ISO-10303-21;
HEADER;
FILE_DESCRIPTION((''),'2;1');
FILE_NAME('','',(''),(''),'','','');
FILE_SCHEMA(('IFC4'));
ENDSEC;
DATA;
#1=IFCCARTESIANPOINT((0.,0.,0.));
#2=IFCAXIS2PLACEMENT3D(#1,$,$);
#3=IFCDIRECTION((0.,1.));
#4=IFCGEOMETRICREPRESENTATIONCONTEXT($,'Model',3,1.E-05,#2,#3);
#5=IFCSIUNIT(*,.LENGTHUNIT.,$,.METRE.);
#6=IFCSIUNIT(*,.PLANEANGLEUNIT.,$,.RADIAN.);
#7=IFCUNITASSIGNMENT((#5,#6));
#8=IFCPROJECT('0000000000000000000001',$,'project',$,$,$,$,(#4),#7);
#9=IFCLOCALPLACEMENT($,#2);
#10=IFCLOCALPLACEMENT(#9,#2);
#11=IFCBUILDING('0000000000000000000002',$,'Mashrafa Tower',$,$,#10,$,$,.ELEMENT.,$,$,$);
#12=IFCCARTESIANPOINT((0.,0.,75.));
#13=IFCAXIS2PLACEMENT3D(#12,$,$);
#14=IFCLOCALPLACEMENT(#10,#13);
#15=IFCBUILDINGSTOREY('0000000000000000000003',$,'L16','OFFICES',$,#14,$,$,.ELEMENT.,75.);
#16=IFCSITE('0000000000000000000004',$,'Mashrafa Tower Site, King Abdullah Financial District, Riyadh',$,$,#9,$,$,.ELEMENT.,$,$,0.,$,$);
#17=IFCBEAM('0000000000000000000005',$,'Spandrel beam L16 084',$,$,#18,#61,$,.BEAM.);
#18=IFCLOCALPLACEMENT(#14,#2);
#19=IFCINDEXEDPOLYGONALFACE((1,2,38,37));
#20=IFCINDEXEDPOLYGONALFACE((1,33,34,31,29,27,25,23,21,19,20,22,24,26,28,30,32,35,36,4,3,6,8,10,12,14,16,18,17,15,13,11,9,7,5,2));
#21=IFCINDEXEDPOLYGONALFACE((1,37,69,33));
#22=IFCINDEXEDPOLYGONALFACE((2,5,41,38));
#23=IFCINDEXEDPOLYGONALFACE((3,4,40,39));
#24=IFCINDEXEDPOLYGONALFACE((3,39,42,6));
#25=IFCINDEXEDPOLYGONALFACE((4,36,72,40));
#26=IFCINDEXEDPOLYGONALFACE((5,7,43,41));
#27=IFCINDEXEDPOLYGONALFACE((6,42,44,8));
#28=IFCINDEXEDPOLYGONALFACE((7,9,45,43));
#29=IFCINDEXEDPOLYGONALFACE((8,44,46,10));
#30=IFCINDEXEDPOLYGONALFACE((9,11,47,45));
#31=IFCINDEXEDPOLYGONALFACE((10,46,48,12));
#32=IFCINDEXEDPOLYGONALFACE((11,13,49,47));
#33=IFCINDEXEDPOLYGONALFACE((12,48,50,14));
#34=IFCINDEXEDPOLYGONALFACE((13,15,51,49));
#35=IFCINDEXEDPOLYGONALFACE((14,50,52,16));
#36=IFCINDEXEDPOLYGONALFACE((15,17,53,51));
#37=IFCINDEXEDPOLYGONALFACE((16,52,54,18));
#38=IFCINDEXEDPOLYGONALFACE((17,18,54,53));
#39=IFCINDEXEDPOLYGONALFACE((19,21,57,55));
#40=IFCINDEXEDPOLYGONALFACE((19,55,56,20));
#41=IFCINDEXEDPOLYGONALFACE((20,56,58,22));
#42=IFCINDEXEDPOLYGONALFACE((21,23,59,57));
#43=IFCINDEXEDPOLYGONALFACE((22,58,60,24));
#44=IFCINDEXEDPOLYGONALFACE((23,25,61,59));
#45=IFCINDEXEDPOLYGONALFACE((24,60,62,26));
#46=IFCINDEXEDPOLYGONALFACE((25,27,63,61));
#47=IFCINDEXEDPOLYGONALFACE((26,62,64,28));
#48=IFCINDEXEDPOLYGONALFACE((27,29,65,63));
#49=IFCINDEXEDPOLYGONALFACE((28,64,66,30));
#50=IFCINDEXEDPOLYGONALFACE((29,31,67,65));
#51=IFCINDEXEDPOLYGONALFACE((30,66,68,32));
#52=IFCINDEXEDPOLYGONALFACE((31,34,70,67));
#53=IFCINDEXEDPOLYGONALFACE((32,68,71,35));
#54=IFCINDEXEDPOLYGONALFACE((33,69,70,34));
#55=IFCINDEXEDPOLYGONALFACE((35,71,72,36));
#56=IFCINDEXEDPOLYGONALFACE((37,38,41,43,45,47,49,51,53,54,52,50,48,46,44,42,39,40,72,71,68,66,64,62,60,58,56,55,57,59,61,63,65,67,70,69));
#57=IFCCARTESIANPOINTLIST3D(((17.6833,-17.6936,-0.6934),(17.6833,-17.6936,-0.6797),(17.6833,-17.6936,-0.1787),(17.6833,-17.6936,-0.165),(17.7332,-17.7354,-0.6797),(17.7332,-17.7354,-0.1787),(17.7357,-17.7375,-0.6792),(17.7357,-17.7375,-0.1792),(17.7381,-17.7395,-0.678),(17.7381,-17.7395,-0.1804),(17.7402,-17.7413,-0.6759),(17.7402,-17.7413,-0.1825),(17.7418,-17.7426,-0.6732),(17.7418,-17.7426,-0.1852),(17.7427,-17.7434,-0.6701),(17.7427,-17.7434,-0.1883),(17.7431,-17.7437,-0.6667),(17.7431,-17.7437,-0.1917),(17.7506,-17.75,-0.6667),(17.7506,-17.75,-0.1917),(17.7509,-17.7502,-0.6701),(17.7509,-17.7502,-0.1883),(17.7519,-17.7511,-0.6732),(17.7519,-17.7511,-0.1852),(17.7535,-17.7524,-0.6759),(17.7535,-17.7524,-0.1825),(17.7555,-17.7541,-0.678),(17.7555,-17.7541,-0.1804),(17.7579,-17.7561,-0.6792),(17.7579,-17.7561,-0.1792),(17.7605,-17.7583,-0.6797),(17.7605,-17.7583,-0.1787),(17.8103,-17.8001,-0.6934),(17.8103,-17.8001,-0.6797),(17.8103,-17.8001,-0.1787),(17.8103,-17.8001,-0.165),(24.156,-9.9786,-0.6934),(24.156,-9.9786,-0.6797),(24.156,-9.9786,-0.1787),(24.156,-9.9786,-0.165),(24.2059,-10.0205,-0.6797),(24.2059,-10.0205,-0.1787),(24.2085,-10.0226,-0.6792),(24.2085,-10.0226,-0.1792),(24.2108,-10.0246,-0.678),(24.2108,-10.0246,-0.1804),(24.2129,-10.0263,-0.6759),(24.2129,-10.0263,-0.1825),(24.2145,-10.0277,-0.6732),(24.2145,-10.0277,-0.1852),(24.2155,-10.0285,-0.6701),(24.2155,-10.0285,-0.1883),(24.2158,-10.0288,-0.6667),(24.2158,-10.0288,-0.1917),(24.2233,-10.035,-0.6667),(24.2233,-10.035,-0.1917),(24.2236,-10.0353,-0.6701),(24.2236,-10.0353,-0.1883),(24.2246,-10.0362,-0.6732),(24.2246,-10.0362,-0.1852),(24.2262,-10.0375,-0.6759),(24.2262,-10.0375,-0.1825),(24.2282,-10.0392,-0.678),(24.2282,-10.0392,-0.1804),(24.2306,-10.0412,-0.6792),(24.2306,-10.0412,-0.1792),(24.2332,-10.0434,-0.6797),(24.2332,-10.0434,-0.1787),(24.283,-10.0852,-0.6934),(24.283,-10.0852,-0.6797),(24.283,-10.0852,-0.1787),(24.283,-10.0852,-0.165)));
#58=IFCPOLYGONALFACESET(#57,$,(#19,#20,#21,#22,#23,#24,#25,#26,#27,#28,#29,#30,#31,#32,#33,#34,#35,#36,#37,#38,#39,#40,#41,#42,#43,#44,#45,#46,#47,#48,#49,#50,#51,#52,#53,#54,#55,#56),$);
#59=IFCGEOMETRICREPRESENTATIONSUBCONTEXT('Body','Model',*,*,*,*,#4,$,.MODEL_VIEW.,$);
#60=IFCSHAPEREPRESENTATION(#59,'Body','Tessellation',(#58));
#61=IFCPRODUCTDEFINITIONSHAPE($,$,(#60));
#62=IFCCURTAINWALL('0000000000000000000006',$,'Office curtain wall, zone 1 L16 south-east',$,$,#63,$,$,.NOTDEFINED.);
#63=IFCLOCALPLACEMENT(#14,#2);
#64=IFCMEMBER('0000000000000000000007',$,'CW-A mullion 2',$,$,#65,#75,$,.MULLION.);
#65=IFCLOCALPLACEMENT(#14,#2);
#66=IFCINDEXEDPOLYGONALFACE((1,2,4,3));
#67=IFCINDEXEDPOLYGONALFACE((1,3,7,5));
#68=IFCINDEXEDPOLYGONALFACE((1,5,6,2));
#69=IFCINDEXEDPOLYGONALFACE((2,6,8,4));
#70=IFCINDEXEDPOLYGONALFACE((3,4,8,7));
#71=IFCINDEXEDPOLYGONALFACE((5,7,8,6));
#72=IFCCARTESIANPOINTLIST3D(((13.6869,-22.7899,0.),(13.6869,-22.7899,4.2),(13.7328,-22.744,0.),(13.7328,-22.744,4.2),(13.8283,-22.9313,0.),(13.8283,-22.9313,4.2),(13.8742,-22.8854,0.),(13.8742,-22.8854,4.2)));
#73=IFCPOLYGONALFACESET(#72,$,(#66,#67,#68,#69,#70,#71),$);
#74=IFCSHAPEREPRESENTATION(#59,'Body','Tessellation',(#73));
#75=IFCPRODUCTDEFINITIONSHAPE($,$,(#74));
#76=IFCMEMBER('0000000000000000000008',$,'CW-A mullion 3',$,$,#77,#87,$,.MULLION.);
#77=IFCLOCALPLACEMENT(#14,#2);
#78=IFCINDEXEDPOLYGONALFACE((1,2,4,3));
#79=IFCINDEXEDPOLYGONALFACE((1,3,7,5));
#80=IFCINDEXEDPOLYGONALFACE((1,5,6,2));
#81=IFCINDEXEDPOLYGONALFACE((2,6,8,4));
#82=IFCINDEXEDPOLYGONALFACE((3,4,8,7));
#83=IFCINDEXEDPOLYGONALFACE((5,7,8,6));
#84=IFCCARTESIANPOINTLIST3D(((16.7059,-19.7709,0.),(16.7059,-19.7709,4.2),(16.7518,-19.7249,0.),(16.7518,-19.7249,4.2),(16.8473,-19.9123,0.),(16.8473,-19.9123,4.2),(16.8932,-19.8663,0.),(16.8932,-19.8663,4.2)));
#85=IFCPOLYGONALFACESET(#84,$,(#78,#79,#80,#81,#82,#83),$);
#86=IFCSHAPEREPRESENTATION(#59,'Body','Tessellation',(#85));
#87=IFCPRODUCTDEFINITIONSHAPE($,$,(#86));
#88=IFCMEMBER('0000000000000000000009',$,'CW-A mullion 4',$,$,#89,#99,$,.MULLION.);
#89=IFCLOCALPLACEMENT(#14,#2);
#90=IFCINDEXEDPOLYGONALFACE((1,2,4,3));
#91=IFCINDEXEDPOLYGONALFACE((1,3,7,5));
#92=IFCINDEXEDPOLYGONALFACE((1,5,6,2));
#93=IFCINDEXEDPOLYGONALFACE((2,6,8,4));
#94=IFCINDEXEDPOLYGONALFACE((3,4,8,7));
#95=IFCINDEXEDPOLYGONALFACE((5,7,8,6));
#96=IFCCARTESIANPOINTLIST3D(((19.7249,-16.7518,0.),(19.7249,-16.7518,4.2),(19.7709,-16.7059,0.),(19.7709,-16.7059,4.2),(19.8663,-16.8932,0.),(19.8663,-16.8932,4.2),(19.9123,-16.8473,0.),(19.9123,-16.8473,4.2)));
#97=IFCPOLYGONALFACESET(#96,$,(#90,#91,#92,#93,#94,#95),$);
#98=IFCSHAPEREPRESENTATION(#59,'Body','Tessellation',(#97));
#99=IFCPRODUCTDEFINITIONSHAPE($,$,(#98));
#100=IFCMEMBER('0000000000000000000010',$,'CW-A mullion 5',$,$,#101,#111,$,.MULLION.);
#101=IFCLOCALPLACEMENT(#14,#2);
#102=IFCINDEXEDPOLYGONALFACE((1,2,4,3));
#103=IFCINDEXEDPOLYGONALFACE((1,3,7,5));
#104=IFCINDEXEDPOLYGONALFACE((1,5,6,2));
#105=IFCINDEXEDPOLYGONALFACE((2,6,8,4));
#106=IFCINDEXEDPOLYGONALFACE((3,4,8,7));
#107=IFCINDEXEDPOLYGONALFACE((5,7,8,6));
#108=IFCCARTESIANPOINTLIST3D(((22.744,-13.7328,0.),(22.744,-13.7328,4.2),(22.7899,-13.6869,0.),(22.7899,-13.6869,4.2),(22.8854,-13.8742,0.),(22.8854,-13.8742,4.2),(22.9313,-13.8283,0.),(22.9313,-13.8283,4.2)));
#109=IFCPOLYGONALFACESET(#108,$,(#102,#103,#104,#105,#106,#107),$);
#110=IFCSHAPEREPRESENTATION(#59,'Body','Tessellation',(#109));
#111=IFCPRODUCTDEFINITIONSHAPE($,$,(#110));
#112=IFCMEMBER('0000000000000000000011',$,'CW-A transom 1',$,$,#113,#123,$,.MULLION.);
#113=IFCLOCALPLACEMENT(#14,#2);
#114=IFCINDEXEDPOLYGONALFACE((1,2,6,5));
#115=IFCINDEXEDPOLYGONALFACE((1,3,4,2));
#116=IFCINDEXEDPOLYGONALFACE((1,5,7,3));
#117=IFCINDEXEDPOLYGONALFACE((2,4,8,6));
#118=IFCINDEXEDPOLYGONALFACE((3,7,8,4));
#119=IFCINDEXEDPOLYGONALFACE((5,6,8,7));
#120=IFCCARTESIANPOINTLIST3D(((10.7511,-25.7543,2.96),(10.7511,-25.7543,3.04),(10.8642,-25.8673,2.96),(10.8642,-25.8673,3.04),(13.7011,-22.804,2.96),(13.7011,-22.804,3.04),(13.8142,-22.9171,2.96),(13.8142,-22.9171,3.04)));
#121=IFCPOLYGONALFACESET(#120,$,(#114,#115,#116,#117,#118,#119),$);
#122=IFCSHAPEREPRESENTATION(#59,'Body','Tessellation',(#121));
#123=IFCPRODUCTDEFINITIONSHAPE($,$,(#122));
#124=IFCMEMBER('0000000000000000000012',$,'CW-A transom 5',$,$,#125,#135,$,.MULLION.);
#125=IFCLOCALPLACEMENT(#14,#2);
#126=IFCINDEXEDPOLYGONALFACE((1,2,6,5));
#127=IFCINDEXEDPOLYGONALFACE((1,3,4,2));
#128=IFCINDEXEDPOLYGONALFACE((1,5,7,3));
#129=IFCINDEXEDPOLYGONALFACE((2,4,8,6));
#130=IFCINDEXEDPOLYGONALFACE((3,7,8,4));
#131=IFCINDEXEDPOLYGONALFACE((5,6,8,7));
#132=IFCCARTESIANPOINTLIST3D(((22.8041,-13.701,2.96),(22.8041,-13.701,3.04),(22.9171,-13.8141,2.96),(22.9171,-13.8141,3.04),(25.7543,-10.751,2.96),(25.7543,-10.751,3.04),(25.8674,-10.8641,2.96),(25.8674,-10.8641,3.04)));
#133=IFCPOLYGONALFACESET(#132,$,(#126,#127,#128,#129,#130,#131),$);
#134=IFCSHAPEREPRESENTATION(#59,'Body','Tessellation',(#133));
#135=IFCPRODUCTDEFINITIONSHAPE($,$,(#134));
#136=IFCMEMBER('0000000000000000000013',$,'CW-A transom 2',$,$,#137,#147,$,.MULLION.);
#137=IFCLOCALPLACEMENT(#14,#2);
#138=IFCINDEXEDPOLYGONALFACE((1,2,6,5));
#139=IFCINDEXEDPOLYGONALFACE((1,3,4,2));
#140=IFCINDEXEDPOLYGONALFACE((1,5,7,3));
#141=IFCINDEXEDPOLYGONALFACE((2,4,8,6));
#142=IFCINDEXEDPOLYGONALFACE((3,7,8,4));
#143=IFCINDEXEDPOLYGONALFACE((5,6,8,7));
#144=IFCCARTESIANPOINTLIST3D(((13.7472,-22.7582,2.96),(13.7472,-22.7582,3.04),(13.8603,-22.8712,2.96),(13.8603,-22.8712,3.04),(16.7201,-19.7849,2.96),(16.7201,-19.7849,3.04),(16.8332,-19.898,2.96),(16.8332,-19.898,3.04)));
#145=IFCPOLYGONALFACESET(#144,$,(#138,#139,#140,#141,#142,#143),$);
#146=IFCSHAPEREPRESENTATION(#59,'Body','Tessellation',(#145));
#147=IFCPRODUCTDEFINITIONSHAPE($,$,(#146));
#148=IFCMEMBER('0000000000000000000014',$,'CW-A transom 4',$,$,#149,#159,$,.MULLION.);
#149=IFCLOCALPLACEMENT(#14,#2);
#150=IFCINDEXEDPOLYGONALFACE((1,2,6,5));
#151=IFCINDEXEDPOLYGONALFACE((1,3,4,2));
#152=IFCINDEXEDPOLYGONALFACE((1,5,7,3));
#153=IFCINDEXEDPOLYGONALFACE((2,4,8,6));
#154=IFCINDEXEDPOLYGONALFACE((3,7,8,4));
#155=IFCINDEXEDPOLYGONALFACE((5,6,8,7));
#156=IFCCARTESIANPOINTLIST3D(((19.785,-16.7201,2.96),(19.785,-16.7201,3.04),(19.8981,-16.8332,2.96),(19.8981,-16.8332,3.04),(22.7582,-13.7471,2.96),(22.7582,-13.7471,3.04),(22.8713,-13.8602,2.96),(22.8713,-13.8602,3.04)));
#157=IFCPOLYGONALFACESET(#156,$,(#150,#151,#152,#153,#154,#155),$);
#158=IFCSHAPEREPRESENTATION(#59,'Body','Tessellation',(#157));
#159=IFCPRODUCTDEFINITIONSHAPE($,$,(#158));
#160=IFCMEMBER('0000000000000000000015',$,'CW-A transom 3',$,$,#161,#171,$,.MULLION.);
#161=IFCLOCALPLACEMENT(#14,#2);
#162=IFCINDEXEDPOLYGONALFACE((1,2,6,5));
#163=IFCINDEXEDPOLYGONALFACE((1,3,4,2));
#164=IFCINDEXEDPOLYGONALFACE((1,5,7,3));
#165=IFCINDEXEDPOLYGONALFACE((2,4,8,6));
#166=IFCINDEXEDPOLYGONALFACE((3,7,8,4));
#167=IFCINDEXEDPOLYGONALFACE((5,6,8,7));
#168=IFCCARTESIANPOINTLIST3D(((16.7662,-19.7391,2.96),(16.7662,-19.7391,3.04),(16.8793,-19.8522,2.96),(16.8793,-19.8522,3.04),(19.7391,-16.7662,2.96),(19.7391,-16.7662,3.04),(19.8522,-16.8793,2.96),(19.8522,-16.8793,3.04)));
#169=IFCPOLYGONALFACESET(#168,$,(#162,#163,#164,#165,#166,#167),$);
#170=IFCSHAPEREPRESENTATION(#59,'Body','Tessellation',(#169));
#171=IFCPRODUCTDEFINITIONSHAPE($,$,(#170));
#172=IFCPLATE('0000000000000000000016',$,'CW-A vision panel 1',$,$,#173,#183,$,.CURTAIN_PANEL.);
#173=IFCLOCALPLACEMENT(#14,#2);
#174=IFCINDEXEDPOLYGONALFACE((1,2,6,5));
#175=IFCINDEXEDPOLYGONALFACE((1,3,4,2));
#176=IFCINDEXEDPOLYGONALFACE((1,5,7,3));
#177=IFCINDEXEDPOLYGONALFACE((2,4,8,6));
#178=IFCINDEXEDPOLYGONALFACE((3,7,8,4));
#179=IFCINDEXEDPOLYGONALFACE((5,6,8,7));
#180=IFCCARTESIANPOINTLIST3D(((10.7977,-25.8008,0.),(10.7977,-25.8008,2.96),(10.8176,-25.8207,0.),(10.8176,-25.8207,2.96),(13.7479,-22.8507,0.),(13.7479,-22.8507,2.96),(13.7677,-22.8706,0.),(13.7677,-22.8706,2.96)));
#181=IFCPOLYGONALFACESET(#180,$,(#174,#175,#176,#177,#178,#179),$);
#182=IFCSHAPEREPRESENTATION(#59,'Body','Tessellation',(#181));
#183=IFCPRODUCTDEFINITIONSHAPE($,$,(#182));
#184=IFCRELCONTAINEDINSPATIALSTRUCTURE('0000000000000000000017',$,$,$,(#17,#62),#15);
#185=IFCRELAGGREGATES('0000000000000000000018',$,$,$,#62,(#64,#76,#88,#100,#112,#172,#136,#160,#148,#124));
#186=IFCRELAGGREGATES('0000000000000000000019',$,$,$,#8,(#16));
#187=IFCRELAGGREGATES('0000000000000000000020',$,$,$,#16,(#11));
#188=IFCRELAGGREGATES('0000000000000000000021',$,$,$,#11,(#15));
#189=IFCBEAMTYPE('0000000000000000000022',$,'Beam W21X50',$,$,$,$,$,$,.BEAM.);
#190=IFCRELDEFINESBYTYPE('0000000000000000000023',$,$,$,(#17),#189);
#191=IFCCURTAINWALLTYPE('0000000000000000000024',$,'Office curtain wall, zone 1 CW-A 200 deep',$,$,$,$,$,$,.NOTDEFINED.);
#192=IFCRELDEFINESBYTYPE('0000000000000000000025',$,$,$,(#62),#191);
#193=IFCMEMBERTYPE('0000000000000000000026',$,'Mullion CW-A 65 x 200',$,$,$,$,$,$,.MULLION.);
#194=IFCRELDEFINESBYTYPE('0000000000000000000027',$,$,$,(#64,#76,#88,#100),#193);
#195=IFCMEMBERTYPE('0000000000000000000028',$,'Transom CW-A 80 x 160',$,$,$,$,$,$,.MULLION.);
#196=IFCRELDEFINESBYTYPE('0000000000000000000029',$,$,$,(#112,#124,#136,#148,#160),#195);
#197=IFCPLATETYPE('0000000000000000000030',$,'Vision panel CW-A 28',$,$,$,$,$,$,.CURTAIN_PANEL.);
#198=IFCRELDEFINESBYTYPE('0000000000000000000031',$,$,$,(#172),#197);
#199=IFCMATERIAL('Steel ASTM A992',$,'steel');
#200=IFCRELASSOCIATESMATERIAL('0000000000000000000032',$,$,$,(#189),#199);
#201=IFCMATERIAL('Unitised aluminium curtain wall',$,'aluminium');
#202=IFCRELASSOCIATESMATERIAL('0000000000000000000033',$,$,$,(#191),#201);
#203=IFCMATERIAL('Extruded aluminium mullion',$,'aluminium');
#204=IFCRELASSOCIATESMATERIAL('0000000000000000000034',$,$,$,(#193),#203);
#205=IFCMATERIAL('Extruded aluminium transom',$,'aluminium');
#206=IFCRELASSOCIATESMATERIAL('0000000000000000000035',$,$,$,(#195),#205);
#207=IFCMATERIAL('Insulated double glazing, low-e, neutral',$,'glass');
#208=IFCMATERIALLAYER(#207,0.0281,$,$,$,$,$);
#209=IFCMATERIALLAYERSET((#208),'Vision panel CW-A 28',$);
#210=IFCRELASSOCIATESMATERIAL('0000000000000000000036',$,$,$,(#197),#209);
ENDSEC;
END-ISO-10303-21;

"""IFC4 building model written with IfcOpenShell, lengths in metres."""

from ifc_helpers import new_model, si_unit, direction, frame, origin, origin_2d, place, context, subcontext, project, spatial, rectangle, i_section, extrude, source, transform, mapped, material, layer, layer_set, material_profile, profile_set, type_object, type_shapes, element, aggregate, save


model = new_model("IFC4")

# Units and contexts
model_context = context("Model", 3, precision=1e-05, world=origin(), true_north=direction((0.0, 1.0)))
body_context = subcontext(model_context, "Body", "Model", "MODEL_VIEW")
ifc_project = project(units=[si_unit("LENGTHUNIT", "METRE"), si_unit("PLANEANGLEUNIT", "RADIAN")], contexts=[model_context])

# Site, building, storey
site_placement = place(None, origin())
site = spatial("IfcSite", under=ifc_project, at=site_placement, Name="Mashrafa Tower Site, King Abdullah Financial District, Riyadh", CompositionType="ELEMENT", RefElevation=0.0)
building_placement = place(site_placement, origin())
building = spatial("IfcBuilding", under=site, at=building_placement, Name="Mashrafa Tower", CompositionType="ELEMENT")
storey_placement = place(building_placement, frame((0.0, 0.0, 75.0)))
storey = spatial("IfcBuildingStorey", under=building, at=storey_placement, Name="L16", Description="OFFICES", CompositionType="ELEMENT", Elevation=75.0)

# Beam
ifc_material_1 = material(Name="Steel ASTM A992", Category="steel")
ifc_material_profile_1 = material_profile(ifc_material_1, i_section(OverallWidth=0.1658, OverallDepth=0.5283, WebThickness=0.0098, FlangeThickness=0.0137, FilletRadius=0.0129, at=origin_2d()), Name="W21X50")
ifc_profile_set_1 = profile_set([ifc_material_profile_1], Name="Steel ASTM A992")
beam_type_1 = type_object("IfcBeamType", Name="Beam W21X50", PredefinedType="BEAM", material=ifc_profile_set_1)
beam_1_placement = place(storey_placement, frame((17.7468, -17.7468, -0.4292), z_axis=(0.642737, 0.766087, 0.0), x_axis=(-0.766087, 0.642737, 0.0)))
element("IfcBeam", 1, at=beam_1_placement, inside=storey, type_object=beam_type_1, Name="Spandrel beam L16 084", PredefinedType="BEAM", context=body_context, shape_type="SweptSolid", body=[
    extrude(i_section(OverallWidth=0.1658, OverallDepth=0.5283, WebThickness=0.0098, FlangeThickness=0.0137, FilletRadius=0.0129, at=origin_2d()), origin(), (0.0, 0.0, 1.0), 10.0706),
])

# Curtain wall, members, plate
ifc_material_2 = material(Name="Unitised aluminium curtain wall", Category="aluminium")
curtain_wall_type = type_object("IfcCurtainWallType", Name="Office curtain wall, zone 1 CW-A 200 deep", PredefinedType="NOTDEFINED", material=ifc_material_2)
curtain_wall_placement = place(storey_placement, origin())
curtain_wall = element("IfcCurtainWall", 2, at=curtain_wall_placement, inside=storey, type_object=curtain_wall_type, Name="Office curtain wall, zone 1 L16 south-east", PredefinedType="NOTDEFINED")
ifc_material_3 = material(Name="Extruded aluminium mullion", Category="aluminium")
ifc_material_profile_2 = material_profile(ifc_material_3, rectangle(XDim=0.2, YDim=0.0649, at=origin_2d()), Name="Mullion 65x200")
ifc_profile_set_2 = profile_set([ifc_material_profile_2], Name="Extruded aluminium mullion")
member_type_1 = type_object("IfcMemberType", Name="Mullion CW-A 65 x 200", PredefinedType="MULLION", material=ifc_profile_set_2)
shared_shape_1 = source(origin(), body_context, "Body", "SweptSolid", [
    extrude(rectangle(XDim=0.2, YDim=0.0649, at=origin_2d()), origin(), (0.0, 0.0, 1.0), 4.2),
])
type_shapes(member_type_1, [shared_shape_1])
member_1_placement = place(storey_placement, frame((13.7805, -22.8376, 0.0), z_axis=(0.0, 0.0, 1.0), x_axis=(-0.707107, 0.707107, 0.0)))
member_1 = element("IfcMember", 3, at=member_1_placement, type_object=member_type_1, Name="CW-A mullion 2", PredefinedType="MULLION", context=body_context, shape_type="MappedRepresentation", body=[
    mapped(shared_shape_1, transform((0.0, 0.0, 0.0))),
])
member_2_placement = place(storey_placement, frame((16.7996, -19.8186, 0.0), z_axis=(0.0, 0.0, 1.0), x_axis=(-0.707107, 0.707107, 0.0)))
member_2 = element("IfcMember", 4, at=member_2_placement, type_object=member_type_1, Name="CW-A mullion 3", PredefinedType="MULLION", context=body_context, shape_type="MappedRepresentation", body=[
    mapped(shared_shape_1, transform((0.0, 0.0, 0.0))),
])
member_3_placement = place(storey_placement, frame((19.8186, -16.7996, 0.0), z_axis=(0.0, 0.0, 1.0), x_axis=(-0.707107, 0.707107, 0.0)))
member_3 = element("IfcMember", 5, at=member_3_placement, type_object=member_type_1, Name="CW-A mullion 4", PredefinedType="MULLION", context=body_context, shape_type="MappedRepresentation", body=[
    mapped(shared_shape_1, transform((0.0, 0.0, 0.0))),
])
member_4_placement = place(storey_placement, frame((22.8376, -13.7805, 0.0), z_axis=(0.0, 0.0, 1.0), x_axis=(-0.707107, 0.707107, 0.0)))
member_4 = element("IfcMember", 6, at=member_4_placement, type_object=member_type_1, Name="CW-A mullion 5", PredefinedType="MULLION", context=body_context, shape_type="MappedRepresentation", body=[
    mapped(shared_shape_1, transform((0.0, 0.0, 0.0))),
])
ifc_material_4 = material(Name="Extruded aluminium transom", Category="aluminium")
ifc_material_profile_3 = material_profile(ifc_material_4, rectangle(XDim=0.1599, YDim=0.0801, at=origin_2d()), Name="Transom 80x160")
ifc_profile_set_3 = profile_set([ifc_material_profile_3], Name="Extruded aluminium transom")
member_type_2 = type_object("IfcMemberType", Name="Transom CW-A 80 x 160", PredefinedType="MULLION", material=ifc_profile_set_3)
shared_shape_2 = source(origin(), body_context, "Body", "SweptSolid", [
    extrude(rectangle(XDim=0.1599, YDim=0.0801, at=origin_2d()), origin(), (0.0, 0.0, 1.0), 4.1721),
])
member_5_placement = place(storey_placement, frame((10.8076, -25.8108, 3.0), z_axis=(0.707078, 0.707136, 0.0), x_axis=(-0.707136, 0.707078, 0.0)))
member_5 = element("IfcMember", 7, at=member_5_placement, type_object=member_type_2, Name="CW-A transom 1", PredefinedType="MULLION", context=body_context, shape_type="MappedRepresentation", body=[
    mapped(shared_shape_2, transform((0.0, 0.0, 0.0))),
])
member_6_placement = place(storey_placement, frame((22.8606, -13.7576, 3.0), z_axis=(0.707136, 0.707078, 0.0), x_axis=(-0.707078, 0.707136, 0.0)))
member_6 = element("IfcMember", 8, at=member_6_placement, type_object=member_type_2, Name="CW-A transom 5", PredefinedType="MULLION", context=body_context, shape_type="MappedRepresentation", body=[
    mapped(shared_shape_2, transform((0.0, 0.0, 0.0))),
])
shared_shape_3 = source(origin(), body_context, "Body", "SweptSolid", [
    extrude(rectangle(XDim=0.1599, YDim=0.0801, at=origin_2d()), origin(), (0.0, 0.0, 1.0), 4.2046),
])
member_7_placement = place(storey_placement, frame((13.8037, -22.8147, 3.0), z_axis=(0.707078, 0.707136, 0.0), x_axis=(-0.707136, 0.707078, 0.0)))
member_7 = element("IfcMember", 9, at=member_7_placement, type_object=member_type_2, Name="CW-A transom 2", PredefinedType="MULLION", context=body_context, shape_type="MappedRepresentation", body=[
    mapped(shared_shape_3, transform((0.0, 0.0, 0.0))),
])
member_8_placement = place(storey_placement, frame((19.8416, -16.7766, 3.0), z_axis=(0.707136, 0.707078, 0.0), x_axis=(-0.707078, 0.707136, 0.0)))
member_8 = element("IfcMember", 10, at=member_8_placement, type_object=member_type_2, Name="CW-A transom 4", PredefinedType="MULLION", context=body_context, shape_type="MappedRepresentation", body=[
    mapped(shared_shape_3, transform((0.0, 0.0, 0.0))),
])
shared_shape_4 = source(origin(), body_context, "Body", "SweptSolid", [
    extrude(rectangle(XDim=0.1599, YDim=0.0801, at=origin_2d()), origin(), (0.0, 0.0, 1.0), 4.2043),
])
type_shapes(member_type_2, [shared_shape_2, shared_shape_3, shared_shape_4])
member_9_placement = place(storey_placement, frame((16.8228, -19.7957, 3.0), z_axis=(0.707107, 0.707107, 0.0), x_axis=(-0.707107, 0.707107, 0.0)))
member_9 = element("IfcMember", 11, at=member_9_placement, type_object=member_type_2, Name="CW-A transom 3", PredefinedType="MULLION", context=body_context, shape_type="MappedRepresentation", body=[
    mapped(shared_shape_4, transform((0.0, 0.0, 0.0))),
])
ifc_material_5 = material(Name="Insulated double glazing, low-e, neutral", Category="glass")
ifc_layer_1 = layer(ifc_material_5, 0.0281)
ifc_layer_set_1 = layer_set([ifc_layer_1], Name="Vision panel CW-A 28")
plate_type_1 = type_object("IfcPlateType", Name="Vision panel CW-A 28", PredefinedType="CURTAIN_PANEL", material=ifc_layer_set_1)
shared_shape_5 = source(origin(), body_context, "Body", "SweptSolid", [
    extrude(rectangle(XDim=4.1721, YDim=0.0281, at=origin_2d()), origin(), (0.0, 0.0, 1.0), 2.96),
])
plate_1_placement = place(storey_placement, frame((12.2827, -24.3357, 0.0), z_axis=(0.0, 0.0, 1.0), x_axis=(0.707107, 0.707107, 0.0)))
plate_1 = element("IfcPlate", 12, at=plate_1_placement, type_object=plate_type_1, Name="CW-A vision panel 1", PredefinedType="CURTAIN_PANEL", context=body_context, shape_type="MappedRepresentation", body=[
    mapped(shared_shape_5, transform((0.0, 0.0, 0.0))),
])
aggregate(curtain_wall, [member_1, member_2, member_3, member_4, member_5, plate_1, member_7, member_9, member_8, member_6])

save(model, "model.ifc")
